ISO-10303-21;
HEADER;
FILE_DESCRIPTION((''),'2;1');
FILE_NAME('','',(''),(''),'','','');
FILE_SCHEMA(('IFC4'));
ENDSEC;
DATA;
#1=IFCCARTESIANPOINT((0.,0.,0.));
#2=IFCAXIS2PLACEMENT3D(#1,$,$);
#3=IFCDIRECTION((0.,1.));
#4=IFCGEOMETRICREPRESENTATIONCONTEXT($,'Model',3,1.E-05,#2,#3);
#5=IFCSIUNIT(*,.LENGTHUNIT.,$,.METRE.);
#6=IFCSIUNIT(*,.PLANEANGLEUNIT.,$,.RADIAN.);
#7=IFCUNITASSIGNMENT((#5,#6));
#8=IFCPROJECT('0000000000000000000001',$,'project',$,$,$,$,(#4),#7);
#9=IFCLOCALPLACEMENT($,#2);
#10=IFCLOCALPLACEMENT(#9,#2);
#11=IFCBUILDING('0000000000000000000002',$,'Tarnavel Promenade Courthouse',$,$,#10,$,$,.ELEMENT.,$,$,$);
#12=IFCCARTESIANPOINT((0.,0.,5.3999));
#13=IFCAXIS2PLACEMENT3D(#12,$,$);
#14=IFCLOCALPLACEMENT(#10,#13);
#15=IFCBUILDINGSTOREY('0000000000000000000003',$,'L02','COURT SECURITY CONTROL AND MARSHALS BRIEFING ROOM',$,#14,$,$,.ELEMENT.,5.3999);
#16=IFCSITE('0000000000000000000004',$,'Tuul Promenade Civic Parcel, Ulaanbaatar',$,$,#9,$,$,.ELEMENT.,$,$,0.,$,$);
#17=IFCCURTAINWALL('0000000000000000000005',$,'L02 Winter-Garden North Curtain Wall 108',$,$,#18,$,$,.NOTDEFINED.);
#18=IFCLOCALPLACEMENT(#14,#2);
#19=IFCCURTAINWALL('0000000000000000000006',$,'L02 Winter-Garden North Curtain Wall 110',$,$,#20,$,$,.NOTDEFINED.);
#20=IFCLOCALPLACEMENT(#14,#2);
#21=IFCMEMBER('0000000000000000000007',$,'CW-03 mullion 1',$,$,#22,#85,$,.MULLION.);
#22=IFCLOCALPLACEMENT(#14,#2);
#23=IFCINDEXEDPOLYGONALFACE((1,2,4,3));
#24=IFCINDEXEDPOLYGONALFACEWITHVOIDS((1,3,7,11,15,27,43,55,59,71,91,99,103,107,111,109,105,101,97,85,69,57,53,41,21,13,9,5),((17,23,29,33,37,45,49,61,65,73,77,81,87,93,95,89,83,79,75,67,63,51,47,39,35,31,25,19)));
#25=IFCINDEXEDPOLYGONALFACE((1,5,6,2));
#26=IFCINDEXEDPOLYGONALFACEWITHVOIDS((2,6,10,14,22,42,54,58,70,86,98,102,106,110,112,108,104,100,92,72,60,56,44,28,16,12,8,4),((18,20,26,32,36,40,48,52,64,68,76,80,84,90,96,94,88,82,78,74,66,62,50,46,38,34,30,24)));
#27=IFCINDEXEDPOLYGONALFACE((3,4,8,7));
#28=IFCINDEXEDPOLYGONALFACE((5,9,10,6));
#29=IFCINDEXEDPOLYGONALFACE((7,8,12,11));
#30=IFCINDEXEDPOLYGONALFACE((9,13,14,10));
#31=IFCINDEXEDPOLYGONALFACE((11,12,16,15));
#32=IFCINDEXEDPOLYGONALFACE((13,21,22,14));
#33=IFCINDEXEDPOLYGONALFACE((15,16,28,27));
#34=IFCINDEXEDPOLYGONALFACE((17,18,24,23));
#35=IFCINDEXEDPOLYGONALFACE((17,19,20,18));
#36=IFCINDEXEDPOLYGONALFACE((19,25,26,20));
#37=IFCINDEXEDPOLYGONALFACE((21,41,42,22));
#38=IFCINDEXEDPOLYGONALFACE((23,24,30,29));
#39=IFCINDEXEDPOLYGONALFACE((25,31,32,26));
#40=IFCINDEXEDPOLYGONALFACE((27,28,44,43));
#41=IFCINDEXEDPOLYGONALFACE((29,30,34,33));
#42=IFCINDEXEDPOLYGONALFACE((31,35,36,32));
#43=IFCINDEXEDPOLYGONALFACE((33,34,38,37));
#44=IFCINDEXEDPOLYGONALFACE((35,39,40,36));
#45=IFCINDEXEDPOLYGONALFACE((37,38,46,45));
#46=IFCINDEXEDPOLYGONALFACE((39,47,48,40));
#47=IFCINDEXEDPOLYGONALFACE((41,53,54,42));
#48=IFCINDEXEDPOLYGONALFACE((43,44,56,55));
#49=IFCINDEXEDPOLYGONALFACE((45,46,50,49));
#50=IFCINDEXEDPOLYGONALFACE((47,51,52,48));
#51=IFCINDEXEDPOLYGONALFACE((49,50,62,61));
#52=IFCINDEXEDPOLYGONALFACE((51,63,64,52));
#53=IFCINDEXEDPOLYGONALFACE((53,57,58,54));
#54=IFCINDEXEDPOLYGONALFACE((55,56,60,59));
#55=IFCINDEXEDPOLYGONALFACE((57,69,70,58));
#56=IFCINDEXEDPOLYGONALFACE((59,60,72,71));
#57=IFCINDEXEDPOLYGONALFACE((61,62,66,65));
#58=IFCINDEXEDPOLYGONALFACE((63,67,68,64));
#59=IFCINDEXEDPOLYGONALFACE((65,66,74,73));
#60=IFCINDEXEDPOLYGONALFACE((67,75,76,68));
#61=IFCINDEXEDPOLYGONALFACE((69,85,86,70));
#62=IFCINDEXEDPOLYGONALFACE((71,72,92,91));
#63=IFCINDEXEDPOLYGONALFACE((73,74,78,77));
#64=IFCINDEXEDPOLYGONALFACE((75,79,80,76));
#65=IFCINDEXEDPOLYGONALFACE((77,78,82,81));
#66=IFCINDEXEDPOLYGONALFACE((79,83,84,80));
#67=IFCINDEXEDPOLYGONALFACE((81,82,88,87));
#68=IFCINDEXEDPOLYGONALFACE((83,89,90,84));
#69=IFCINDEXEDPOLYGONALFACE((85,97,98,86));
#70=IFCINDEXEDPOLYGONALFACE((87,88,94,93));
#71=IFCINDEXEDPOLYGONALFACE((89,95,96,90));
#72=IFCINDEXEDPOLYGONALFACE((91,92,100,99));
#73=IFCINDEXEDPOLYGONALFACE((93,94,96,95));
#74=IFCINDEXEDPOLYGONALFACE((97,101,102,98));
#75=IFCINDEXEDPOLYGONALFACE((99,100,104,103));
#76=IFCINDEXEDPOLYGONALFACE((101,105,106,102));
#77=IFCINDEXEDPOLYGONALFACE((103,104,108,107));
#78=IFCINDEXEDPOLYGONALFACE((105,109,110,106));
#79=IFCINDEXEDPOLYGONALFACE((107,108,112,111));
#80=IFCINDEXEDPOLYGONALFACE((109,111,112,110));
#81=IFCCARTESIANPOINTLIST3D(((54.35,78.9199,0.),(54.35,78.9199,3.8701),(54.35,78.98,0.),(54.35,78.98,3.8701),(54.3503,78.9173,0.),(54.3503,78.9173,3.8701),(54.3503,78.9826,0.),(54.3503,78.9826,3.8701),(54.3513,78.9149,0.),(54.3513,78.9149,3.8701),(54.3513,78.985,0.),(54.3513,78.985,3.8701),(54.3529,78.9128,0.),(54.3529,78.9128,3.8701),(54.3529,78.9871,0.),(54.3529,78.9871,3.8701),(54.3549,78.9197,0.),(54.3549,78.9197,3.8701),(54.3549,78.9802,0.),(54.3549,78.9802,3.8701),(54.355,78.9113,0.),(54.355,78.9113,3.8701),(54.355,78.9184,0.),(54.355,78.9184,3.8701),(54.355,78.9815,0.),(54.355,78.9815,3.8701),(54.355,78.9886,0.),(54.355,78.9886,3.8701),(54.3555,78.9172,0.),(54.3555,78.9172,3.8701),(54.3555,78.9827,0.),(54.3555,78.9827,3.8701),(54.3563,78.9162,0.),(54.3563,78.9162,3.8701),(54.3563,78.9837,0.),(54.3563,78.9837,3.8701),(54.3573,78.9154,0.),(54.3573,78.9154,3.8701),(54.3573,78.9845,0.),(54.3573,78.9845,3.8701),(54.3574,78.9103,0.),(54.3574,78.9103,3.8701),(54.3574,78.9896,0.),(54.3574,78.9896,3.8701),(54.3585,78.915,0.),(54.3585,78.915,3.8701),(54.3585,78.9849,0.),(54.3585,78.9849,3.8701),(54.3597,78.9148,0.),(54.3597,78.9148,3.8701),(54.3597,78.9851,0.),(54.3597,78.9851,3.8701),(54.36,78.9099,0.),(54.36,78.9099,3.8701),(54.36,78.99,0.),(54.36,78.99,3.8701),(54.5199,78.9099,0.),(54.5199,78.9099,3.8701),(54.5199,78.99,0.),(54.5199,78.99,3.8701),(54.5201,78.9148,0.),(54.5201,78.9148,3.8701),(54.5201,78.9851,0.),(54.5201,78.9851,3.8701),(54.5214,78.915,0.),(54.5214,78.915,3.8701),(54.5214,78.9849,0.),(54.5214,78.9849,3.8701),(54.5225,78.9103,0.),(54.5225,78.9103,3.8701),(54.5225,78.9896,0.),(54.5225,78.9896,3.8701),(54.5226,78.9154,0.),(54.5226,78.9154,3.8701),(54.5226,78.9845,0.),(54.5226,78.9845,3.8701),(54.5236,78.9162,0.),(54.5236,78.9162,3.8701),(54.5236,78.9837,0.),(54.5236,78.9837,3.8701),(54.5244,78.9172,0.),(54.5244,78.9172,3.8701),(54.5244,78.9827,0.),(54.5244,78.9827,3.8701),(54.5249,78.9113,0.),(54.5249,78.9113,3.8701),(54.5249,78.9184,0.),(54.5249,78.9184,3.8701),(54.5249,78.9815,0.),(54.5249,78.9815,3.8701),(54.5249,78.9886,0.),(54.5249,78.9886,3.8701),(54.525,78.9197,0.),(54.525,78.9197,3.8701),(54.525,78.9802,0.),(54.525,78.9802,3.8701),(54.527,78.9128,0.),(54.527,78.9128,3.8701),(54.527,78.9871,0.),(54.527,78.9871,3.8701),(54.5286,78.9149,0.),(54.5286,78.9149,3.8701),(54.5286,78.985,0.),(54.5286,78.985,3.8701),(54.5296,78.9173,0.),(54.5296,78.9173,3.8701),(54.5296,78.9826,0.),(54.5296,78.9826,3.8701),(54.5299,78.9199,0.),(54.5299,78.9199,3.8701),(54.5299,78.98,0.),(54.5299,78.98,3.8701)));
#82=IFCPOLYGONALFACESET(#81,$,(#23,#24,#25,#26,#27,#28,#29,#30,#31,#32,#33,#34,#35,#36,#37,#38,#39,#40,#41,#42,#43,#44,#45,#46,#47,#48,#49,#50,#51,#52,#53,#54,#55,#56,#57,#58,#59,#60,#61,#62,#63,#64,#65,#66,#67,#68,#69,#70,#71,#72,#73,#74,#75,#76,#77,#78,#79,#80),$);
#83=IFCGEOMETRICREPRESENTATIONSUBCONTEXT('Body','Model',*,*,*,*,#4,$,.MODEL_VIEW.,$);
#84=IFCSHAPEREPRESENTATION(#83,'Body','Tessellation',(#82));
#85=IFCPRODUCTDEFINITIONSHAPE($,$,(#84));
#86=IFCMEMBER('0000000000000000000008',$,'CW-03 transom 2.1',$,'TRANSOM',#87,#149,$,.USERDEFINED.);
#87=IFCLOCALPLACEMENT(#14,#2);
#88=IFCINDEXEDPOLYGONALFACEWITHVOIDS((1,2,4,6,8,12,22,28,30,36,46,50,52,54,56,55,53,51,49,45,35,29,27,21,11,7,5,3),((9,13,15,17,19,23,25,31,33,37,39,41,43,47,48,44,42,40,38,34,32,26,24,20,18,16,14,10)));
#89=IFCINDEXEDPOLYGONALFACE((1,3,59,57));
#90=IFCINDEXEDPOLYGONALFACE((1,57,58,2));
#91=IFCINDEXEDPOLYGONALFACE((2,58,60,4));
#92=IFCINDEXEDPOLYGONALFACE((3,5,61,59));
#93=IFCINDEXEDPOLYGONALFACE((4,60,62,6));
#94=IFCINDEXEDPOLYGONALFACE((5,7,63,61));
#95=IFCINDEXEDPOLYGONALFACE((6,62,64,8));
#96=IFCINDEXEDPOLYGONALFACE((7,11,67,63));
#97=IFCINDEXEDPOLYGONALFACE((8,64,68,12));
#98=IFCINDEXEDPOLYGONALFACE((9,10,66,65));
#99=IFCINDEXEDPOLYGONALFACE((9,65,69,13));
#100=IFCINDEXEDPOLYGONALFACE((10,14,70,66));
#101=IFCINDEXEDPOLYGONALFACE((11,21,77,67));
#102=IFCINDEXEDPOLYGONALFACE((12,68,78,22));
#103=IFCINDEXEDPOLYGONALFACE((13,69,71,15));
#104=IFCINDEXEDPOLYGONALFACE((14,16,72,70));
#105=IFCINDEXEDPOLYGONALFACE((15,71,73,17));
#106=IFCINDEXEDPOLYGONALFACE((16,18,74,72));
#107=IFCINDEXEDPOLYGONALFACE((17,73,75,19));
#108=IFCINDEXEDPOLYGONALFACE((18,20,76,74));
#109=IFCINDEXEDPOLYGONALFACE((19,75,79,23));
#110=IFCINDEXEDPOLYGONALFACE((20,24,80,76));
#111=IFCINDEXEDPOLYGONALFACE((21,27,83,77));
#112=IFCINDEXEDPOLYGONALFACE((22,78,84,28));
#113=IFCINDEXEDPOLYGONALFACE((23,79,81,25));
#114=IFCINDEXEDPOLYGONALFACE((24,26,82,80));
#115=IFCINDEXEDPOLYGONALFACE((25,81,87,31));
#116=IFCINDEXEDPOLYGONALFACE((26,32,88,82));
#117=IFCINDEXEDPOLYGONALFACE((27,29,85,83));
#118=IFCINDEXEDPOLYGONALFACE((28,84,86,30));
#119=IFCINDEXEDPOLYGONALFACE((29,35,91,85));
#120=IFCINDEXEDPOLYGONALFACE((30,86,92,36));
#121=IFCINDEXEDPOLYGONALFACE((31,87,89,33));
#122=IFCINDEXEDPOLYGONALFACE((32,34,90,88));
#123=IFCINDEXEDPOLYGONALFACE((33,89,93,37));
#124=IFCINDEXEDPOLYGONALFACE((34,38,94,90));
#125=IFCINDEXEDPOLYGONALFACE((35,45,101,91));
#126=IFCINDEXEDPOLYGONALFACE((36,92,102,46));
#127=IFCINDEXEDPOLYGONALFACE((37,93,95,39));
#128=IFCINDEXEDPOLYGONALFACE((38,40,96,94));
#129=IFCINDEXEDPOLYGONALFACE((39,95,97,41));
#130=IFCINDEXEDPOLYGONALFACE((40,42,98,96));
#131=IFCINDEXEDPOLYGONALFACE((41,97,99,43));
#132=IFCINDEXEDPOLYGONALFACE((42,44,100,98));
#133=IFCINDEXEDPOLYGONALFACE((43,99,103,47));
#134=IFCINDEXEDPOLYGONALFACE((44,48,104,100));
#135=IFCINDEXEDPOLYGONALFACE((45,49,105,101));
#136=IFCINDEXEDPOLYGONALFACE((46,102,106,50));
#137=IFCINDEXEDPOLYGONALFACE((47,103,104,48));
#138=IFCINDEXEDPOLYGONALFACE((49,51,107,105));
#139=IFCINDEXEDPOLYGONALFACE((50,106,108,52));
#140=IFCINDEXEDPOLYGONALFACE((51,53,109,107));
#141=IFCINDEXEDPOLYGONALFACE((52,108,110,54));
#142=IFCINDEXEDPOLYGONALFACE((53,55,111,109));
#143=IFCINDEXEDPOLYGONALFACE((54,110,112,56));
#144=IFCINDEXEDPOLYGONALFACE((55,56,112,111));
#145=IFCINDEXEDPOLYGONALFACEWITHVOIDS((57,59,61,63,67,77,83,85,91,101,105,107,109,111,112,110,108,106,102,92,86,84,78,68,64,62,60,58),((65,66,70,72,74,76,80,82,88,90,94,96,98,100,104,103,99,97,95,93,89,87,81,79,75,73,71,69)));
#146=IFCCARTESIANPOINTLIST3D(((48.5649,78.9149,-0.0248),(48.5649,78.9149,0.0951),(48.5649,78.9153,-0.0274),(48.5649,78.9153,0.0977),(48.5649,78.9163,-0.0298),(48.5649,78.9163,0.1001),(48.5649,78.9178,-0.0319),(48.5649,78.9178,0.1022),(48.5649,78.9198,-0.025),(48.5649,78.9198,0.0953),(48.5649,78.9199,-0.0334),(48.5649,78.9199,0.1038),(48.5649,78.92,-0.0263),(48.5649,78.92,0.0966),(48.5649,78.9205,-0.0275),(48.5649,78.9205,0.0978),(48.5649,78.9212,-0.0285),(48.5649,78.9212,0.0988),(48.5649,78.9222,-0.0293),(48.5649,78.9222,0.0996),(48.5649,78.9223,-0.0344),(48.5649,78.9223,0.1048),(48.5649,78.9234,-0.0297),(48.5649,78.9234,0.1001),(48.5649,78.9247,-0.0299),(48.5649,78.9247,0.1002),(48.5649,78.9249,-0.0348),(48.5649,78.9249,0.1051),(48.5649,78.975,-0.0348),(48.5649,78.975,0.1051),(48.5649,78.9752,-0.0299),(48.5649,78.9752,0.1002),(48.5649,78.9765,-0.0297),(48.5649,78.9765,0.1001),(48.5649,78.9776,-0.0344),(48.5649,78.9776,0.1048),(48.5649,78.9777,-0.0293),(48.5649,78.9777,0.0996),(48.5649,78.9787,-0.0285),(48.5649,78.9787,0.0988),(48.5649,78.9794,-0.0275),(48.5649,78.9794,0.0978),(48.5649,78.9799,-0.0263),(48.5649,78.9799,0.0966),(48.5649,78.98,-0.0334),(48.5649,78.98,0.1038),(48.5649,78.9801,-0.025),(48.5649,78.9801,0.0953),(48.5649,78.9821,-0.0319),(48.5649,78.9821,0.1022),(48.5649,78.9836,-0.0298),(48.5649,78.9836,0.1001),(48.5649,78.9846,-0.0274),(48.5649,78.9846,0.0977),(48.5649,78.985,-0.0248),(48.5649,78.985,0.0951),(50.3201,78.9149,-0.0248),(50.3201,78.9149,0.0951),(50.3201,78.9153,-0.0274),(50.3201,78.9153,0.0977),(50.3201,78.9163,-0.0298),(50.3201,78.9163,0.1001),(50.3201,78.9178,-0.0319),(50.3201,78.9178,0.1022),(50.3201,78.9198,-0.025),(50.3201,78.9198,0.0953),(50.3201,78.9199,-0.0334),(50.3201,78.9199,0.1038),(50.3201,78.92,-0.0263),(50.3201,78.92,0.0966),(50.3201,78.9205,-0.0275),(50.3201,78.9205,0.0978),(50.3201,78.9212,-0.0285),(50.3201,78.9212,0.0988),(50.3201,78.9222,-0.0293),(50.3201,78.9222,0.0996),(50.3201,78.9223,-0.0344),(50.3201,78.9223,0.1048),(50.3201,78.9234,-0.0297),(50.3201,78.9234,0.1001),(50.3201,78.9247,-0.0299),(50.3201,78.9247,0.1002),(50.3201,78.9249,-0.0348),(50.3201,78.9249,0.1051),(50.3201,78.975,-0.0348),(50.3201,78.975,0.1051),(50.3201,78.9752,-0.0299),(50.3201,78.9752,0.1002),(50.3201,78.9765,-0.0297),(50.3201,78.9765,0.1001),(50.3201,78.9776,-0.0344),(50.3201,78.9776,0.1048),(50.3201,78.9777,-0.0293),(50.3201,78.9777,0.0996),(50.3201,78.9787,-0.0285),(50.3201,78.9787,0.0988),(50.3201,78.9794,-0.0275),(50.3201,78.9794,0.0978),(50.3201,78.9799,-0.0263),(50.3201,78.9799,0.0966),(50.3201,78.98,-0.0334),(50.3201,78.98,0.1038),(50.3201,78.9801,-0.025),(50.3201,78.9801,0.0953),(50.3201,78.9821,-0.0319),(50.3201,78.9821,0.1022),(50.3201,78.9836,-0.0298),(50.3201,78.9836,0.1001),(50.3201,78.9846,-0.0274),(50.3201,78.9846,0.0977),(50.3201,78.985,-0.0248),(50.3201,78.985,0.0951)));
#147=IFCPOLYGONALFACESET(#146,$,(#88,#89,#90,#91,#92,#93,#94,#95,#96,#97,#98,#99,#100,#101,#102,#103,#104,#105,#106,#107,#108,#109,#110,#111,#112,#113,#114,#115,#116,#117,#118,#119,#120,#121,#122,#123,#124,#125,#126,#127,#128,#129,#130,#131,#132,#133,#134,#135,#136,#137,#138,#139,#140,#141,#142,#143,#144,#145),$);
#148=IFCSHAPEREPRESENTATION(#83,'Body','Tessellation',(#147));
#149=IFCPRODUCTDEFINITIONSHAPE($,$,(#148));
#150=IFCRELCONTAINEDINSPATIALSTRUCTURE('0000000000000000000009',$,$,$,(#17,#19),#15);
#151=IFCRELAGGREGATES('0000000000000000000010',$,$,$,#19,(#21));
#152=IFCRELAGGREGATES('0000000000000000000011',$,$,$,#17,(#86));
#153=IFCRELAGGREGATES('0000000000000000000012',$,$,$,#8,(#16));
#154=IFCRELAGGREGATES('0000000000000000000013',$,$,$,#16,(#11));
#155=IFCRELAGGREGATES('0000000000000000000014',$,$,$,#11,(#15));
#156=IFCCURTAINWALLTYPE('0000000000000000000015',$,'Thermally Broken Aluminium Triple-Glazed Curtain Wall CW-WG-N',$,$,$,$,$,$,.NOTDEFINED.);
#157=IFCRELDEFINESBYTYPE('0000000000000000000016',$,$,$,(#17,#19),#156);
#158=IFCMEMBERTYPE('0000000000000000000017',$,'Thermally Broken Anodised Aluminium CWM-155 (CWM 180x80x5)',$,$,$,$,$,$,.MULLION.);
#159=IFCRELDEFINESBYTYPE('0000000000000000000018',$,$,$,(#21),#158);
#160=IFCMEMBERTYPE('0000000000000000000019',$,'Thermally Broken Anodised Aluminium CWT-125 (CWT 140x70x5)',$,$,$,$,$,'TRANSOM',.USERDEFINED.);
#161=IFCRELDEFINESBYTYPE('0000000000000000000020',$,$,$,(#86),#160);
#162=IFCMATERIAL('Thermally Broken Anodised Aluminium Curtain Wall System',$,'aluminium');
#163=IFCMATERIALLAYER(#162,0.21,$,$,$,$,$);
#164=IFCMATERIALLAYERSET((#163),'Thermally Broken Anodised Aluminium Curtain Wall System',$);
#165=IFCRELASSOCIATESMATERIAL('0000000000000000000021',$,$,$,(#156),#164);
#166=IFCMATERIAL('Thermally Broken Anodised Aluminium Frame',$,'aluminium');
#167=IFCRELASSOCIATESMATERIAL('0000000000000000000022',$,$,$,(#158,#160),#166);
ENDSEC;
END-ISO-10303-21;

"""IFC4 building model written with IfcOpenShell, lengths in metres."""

from ifc_helpers import new_model, si_unit, direction, frame, origin, origin_2d, place, context, subcontext, project, spatial, hollow_rectangle, extrude, material, layer, layer_set, material_profile, profile_set, type_object, element, aggregate, save


model = new_model("IFC4")

# Units and contexts
model_context = context("Model", 3, precision=1e-05, world=origin(), true_north=direction((0.0, 1.0)))
body_context = subcontext(model_context, "Body", "Model", "MODEL_VIEW")
ifc_project = project(units=[si_unit("LENGTHUNIT", "METRE"), si_unit("PLANEANGLEUNIT", "RADIAN")], contexts=[model_context])

# Site, building, storey
site_placement = place(None, origin())
site = spatial("IfcSite", under=ifc_project, at=site_placement, Name="Tuul Promenade Civic Parcel, Ulaanbaatar", CompositionType="ELEMENT", RefElevation=0.0)
building_placement = place(site_placement, origin())
building = spatial("IfcBuilding", under=site, at=building_placement, Name="Tarnavel Promenade Courthouse", CompositionType="ELEMENT")
storey_placement = place(building_placement, frame((0.0, 0.0, 5.3999)))
storey = spatial("IfcBuildingStorey", under=building, at=storey_placement, Name="L02", Description="COURT SECURITY CONTROL AND MARSHALS BRIEFING ROOM", CompositionType="ELEMENT", Elevation=5.3999)

# Curtain wall
ifc_material_1 = material(Name="Thermally Broken Anodised Aluminium Curtain Wall System", Category="aluminium")
ifc_layer_1 = layer(ifc_material_1, 0.21)
ifc_layer_set_1 = layer_set([ifc_layer_1], Name="Thermally Broken Anodised Aluminium Curtain Wall System")
curtain_wall_type = type_object("IfcCurtainWallType", Name="Thermally Broken Aluminium Triple-Glazed Curtain Wall CW-WG-N", PredefinedType="NOTDEFINED", material=ifc_layer_set_1)
curtain_wall_1_placement = place(storey_placement, origin())
curtain_wall_1 = element("IfcCurtainWall", 1, at=curtain_wall_1_placement, inside=storey, type_object=curtain_wall_type, Name="L02 Winter-Garden North Curtain Wall 108", PredefinedType="NOTDEFINED")
ifc_material_2 = material(Name="Thermally Broken Anodised Aluminium Frame", Category="aluminium")
ifc_material_profile_1 = material_profile(ifc_material_2, hollow_rectangle(XDim=0.0801, YDim=0.1799, WallThickness=0.0049, InnerFilletRadius=0.0049, OuterFilletRadius=0.01, at=origin_2d()), Name="CWM 180x80x5")
ifc_profile_set_1 = profile_set([ifc_material_profile_1], Name="Thermally Broken Anodised Aluminium Frame")
member_type_1 = type_object("IfcMemberType", Name="Thermally Broken Anodised Aluminium CWM-155 (CWM 180x80x5)", PredefinedType="MULLION", material=ifc_profile_set_1)

# Curtain wall, member
curtain_wall_2_placement = place(storey_placement, origin())
curtain_wall_2 = element("IfcCurtainWall", 2, at=curtain_wall_2_placement, inside=storey, type_object=curtain_wall_type, Name="L02 Winter-Garden North Curtain Wall 110", PredefinedType="NOTDEFINED")
member_1_placement = place(storey_placement, frame((54.4399, 78.95, 0.0), z_axis=(0.0, 0.0, 1.0), x_axis=(0.0, 1.0, 0.0)))
member_1 = element("IfcMember", 3, at=member_1_placement, type_object=member_type_1, Name="CW-03 mullion 1", PredefinedType="MULLION", context=body_context, shape_type="SweptSolid", body=[
    extrude(hollow_rectangle(XDim=0.0801, YDim=0.1799, WallThickness=0.0049, InnerFilletRadius=0.0049, OuterFilletRadius=0.01, at=origin_2d()), origin(), (0.0, 0.0, 1.0), 3.8701),
])

# Member
ifc_material_profile_2 = material_profile(ifc_material_2, hollow_rectangle(XDim=0.0701, YDim=0.1399, WallThickness=0.0049, InnerFilletRadius=0.0049, OuterFilletRadius=0.01, at=origin_2d()), Name="CWT 140x70x5")
ifc_profile_set_2 = profile_set([ifc_material_profile_2], Name="Thermally Broken Anodised Aluminium Frame")
member_type_2 = type_object("IfcMemberType", Name="Thermally Broken Anodised Aluminium CWT-125 (CWT 140x70x5)", ElementType="TRANSOM", PredefinedType="USERDEFINED", material=ifc_profile_set_2)
member_2_placement = place(storey_placement, frame((48.5649, 78.95, 0.0352), z_axis=(1.0, 0.0, 0.0), x_axis=(0.0, 1.0, 0.0)))
member_2 = element("IfcMember", 4, at=member_2_placement, type_object=member_type_2, Name="CW-03 transom 2.1", ObjectType="TRANSOM", PredefinedType="USERDEFINED", context=body_context, shape_type="SweptSolid", body=[
    extrude(hollow_rectangle(XDim=0.0701, YDim=0.1399, WallThickness=0.0049, InnerFilletRadius=0.0049, OuterFilletRadius=0.01, at=origin_2d()), origin(), (0.0, 0.0, 1.0), 1.7551),
])
aggregate(curtain_wall_2, [member_1])

aggregate(curtain_wall_1, [member_2])

save(model, "model.ifc")
